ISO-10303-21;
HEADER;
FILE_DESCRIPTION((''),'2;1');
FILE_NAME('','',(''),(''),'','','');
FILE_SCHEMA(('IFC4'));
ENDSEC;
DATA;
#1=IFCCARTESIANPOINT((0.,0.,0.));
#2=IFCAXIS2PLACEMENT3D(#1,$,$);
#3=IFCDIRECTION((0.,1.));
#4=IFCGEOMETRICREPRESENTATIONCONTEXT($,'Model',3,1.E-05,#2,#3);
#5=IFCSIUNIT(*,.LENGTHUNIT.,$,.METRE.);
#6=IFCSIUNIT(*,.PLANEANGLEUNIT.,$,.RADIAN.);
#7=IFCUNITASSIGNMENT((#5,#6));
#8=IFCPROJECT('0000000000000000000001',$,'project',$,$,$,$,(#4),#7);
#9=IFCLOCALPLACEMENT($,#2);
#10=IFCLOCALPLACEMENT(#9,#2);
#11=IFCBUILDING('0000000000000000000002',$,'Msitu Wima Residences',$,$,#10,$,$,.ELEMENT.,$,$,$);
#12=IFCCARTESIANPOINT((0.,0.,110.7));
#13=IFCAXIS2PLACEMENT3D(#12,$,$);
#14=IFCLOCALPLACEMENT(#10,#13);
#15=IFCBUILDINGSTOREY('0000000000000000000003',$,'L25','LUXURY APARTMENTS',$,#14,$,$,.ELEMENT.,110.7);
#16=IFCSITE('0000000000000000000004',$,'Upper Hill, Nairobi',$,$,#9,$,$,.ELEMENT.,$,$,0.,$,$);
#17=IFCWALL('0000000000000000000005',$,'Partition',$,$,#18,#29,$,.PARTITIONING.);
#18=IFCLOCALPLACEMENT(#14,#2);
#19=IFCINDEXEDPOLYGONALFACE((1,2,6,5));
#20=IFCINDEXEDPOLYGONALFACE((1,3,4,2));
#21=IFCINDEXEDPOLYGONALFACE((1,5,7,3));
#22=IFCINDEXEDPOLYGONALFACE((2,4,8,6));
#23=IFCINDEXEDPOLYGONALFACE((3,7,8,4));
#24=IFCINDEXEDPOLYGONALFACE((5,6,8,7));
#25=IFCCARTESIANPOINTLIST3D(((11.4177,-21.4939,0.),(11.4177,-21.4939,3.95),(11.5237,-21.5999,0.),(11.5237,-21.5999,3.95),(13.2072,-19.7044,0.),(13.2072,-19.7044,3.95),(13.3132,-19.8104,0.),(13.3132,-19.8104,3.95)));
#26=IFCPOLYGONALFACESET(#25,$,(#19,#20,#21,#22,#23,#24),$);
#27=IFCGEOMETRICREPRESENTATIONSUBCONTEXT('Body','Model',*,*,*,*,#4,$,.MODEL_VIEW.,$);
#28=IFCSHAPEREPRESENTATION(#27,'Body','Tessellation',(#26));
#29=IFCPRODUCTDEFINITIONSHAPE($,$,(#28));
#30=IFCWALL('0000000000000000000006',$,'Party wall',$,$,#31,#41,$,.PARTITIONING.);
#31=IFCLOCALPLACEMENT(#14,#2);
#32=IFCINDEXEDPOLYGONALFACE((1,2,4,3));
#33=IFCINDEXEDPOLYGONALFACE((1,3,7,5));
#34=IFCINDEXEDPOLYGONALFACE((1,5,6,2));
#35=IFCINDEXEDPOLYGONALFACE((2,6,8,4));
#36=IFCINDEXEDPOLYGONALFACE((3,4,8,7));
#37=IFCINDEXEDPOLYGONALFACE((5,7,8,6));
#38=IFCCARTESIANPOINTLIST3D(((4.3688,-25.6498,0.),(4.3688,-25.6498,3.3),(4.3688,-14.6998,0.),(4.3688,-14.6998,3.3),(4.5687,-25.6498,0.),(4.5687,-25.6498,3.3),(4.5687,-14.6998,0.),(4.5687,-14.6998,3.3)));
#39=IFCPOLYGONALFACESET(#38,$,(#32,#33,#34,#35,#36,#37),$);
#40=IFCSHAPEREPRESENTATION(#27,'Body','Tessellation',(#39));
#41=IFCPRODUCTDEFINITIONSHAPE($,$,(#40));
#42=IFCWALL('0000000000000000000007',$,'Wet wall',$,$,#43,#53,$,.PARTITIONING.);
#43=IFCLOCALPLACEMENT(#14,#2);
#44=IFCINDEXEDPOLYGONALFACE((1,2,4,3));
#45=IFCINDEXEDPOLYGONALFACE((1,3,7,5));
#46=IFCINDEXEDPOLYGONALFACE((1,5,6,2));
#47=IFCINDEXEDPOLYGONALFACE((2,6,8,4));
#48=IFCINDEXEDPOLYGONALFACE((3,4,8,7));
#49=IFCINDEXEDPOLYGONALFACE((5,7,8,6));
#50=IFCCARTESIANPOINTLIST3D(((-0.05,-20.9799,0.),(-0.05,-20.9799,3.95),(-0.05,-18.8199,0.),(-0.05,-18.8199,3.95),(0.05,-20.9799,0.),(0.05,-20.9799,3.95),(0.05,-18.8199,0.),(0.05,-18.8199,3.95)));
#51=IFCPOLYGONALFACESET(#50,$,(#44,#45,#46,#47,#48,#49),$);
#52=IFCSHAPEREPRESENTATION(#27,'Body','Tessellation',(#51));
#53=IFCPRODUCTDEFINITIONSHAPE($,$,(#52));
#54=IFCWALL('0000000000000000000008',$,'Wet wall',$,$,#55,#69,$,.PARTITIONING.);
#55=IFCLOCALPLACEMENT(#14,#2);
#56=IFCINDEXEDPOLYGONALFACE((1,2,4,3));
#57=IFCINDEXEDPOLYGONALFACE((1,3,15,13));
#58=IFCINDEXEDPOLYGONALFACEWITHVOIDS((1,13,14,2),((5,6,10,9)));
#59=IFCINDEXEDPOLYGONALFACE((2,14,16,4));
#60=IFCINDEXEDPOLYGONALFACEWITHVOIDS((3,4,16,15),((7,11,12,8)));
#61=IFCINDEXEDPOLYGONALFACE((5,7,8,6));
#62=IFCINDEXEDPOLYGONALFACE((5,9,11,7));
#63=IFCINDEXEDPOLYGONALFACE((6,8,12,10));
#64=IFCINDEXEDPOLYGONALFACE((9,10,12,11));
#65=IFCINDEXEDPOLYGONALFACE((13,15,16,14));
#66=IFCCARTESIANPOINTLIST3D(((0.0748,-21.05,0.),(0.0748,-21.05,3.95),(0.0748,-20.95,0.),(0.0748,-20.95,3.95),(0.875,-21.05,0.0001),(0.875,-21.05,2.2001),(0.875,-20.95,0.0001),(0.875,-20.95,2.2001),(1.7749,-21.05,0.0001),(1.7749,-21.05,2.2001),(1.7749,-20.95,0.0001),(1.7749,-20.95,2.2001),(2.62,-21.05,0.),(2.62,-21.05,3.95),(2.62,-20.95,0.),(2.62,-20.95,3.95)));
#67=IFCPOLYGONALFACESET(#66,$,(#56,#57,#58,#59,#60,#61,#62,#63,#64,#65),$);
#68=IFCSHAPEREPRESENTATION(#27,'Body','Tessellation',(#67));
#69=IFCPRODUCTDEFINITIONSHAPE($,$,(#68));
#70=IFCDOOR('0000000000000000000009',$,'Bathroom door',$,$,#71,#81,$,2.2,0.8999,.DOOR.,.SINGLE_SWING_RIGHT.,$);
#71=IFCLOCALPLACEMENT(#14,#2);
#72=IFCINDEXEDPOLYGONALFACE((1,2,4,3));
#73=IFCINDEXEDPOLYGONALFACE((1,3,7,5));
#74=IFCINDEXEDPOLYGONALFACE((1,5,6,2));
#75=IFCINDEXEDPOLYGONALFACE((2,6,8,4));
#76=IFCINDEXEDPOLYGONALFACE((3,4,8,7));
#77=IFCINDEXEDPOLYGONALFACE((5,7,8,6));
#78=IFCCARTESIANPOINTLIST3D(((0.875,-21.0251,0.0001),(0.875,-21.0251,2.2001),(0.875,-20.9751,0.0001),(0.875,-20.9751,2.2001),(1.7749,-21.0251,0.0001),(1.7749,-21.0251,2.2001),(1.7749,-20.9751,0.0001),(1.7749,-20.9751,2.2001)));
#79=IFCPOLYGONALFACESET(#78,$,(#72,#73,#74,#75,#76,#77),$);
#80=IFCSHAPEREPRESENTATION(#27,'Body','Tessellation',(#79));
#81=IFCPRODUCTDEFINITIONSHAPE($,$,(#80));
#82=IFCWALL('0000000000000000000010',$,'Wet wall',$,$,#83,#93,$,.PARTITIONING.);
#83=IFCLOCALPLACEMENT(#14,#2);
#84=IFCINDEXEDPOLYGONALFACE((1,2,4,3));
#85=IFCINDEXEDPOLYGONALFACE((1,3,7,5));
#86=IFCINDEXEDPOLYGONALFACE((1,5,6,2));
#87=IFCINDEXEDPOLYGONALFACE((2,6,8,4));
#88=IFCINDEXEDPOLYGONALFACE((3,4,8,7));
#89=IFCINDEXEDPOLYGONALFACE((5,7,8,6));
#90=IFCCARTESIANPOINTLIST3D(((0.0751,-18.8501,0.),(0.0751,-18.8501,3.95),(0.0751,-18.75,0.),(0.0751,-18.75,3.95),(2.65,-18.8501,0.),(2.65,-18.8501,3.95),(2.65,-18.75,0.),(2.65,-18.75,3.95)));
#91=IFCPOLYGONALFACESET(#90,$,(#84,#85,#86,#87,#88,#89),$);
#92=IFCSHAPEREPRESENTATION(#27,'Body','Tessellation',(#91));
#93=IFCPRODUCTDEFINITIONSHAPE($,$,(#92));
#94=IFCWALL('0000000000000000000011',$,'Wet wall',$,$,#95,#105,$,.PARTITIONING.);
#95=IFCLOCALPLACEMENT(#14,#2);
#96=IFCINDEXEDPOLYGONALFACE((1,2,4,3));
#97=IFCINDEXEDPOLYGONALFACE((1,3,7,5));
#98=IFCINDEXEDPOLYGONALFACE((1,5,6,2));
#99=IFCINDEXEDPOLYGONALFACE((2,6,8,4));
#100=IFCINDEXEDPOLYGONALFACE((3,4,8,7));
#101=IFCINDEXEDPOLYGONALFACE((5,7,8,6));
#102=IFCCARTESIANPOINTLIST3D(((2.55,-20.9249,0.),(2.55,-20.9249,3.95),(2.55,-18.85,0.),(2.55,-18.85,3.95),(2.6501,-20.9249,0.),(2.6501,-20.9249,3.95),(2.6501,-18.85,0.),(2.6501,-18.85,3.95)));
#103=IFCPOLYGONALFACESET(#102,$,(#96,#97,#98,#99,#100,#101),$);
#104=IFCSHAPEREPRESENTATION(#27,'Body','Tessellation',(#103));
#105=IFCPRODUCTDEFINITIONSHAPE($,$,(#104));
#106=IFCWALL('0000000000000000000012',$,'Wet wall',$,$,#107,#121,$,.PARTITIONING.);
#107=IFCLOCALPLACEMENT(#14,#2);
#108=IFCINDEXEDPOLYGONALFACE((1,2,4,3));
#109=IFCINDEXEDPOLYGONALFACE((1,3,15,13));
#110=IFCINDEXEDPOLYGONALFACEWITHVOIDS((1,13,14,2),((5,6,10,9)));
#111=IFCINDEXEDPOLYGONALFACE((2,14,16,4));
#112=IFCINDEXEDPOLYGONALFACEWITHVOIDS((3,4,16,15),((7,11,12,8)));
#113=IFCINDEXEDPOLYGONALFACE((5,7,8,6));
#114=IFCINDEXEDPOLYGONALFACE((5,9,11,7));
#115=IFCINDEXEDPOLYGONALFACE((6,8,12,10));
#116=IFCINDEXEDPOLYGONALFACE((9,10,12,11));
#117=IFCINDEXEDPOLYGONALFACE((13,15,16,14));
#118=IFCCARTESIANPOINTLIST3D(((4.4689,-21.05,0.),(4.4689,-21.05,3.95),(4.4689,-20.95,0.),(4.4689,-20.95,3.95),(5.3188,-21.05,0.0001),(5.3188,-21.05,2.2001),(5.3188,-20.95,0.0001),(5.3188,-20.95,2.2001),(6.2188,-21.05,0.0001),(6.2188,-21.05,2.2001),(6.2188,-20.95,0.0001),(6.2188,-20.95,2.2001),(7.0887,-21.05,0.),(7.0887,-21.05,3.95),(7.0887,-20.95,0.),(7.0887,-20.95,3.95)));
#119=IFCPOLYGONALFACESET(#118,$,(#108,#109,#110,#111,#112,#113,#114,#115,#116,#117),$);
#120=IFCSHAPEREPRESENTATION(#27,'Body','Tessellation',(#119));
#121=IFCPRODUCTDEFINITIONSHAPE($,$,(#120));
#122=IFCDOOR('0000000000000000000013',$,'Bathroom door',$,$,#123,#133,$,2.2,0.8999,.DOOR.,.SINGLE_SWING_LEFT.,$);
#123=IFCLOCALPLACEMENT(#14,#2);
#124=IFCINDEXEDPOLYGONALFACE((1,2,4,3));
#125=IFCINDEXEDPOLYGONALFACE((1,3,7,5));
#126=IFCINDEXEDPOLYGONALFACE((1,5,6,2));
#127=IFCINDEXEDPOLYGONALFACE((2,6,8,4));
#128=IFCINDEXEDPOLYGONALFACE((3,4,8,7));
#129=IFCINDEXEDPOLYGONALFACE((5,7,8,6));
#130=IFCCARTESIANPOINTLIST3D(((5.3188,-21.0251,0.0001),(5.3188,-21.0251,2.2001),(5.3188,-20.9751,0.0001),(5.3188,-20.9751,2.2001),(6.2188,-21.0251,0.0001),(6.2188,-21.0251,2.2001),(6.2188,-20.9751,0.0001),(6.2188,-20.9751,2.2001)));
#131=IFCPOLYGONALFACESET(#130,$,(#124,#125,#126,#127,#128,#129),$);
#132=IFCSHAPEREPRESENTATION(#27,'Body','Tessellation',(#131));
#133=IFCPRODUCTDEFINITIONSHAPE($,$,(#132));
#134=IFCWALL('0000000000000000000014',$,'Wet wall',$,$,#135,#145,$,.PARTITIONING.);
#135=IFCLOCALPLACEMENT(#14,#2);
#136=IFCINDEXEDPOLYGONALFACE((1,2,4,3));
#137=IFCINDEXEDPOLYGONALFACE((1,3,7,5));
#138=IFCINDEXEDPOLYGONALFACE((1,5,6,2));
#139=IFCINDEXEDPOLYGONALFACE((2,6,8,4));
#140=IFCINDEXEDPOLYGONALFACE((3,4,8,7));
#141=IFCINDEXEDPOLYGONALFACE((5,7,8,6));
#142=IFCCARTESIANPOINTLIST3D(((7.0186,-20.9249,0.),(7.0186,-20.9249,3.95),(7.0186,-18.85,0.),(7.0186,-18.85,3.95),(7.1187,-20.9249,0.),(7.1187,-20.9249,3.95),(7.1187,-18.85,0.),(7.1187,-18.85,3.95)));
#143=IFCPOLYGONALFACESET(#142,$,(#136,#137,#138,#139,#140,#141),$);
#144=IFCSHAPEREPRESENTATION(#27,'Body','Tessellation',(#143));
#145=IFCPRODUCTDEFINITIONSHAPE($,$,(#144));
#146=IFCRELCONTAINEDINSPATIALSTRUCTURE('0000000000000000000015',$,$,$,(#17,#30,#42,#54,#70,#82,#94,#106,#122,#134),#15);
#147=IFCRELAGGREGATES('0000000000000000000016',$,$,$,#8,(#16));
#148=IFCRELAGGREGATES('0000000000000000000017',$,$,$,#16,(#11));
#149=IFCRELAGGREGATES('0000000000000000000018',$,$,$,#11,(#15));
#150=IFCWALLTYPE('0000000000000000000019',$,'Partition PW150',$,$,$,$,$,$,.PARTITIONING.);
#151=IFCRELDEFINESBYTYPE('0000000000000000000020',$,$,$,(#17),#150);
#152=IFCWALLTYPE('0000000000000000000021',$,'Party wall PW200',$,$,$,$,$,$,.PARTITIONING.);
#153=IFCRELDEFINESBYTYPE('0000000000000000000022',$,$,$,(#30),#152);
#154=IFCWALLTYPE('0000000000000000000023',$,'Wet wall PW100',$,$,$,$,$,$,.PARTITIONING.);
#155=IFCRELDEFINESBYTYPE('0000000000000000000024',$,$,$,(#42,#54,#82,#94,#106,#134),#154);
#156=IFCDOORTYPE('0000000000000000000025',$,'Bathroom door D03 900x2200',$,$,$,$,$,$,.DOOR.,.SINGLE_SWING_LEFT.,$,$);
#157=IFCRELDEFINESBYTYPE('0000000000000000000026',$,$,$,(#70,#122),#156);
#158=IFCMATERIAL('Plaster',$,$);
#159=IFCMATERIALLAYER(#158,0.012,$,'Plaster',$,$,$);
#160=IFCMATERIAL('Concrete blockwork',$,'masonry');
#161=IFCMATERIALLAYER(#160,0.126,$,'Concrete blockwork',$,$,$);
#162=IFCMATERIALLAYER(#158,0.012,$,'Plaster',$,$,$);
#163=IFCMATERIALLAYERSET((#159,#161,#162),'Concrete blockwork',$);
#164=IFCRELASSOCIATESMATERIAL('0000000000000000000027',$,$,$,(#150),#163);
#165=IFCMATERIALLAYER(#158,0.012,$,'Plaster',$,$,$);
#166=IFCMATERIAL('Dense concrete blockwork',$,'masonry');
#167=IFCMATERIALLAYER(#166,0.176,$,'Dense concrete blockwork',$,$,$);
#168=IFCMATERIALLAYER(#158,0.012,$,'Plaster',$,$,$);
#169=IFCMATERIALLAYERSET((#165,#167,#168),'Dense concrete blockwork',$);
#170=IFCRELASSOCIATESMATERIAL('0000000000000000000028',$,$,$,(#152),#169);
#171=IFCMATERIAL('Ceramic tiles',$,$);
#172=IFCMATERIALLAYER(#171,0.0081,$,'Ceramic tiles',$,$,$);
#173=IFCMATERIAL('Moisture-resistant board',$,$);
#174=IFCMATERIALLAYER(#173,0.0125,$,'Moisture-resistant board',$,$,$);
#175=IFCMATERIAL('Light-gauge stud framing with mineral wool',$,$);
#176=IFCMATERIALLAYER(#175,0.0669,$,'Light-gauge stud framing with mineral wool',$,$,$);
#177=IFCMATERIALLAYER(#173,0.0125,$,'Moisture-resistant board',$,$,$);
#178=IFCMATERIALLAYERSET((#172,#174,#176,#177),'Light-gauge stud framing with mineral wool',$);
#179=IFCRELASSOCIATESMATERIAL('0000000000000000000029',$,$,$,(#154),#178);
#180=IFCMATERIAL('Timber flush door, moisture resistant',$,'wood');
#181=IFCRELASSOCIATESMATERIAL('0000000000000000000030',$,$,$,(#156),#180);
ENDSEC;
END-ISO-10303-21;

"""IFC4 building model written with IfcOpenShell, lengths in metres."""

from ifc_helpers import new_model, si_unit, direction, frame, frame_2d, origin, place, context, subcontext, project, spatial, rectangle, extrude, material, layer, layer_set, type_object, element, fill, save


model = new_model("IFC4")

# Units and contexts
model_context = context("Model", 3, precision=1e-05, world=origin(), true_north=direction((0.0, 1.0)))
body_context = subcontext(model_context, "Body", "Model", "MODEL_VIEW")
ifc_project = project(units=[si_unit("LENGTHUNIT", "METRE"), si_unit("PLANEANGLEUNIT", "RADIAN")], contexts=[model_context])

# Site, building, storey
site_placement = place(None, origin())
site = spatial("IfcSite", under=ifc_project, at=site_placement, Name="Upper Hill, Nairobi", CompositionType="ELEMENT", RefElevation=0.0)
building_placement = place(site_placement, origin())
building = spatial("IfcBuilding", under=site, at=building_placement, Name="Msitu Wima Residences", CompositionType="ELEMENT")
storey_placement = place(building_placement, frame((0.0, 0.0, 110.7)))
storey = spatial("IfcBuildingStorey", under=building, at=storey_placement, Name="L25", Description="LUXURY APARTMENTS", CompositionType="ELEMENT", Elevation=110.7)

# Shared definitions
ifc_material_1 = material(Name="Plaster")
ifc_layer_1 = layer(ifc_material_1, 0.012, Name="Plaster")
ifc_material_2 = material(Name="Concrete blockwork", Category="masonry")
ifc_layer_2 = layer(ifc_material_2, 0.126, Name="Concrete blockwork")
ifc_layer_3 = layer(ifc_material_1, 0.012, Name="Plaster")
ifc_layer_set_1 = layer_set([ifc_layer_1, ifc_layer_2, ifc_layer_3], Name="Concrete blockwork")
wall_type_1 = type_object("IfcWallType", Name="Partition PW150", PredefinedType="PARTITIONING", material=ifc_layer_set_1)

# Walls
wall_1_placement = place(storey_placement, frame((11.4707, -21.5469, 0.0), z_axis=(0.0, 0.0, 1.0), x_axis=(0.707107, 0.707107, 0.0)))
element("IfcWall", 1, at=wall_1_placement, inside=storey, type_object=wall_type_1, Name="Partition", PredefinedType="PARTITIONING", context=body_context, shape_type="SweptSolid", body=[
    extrude(rectangle(XDim=2.5308, YDim=0.1499, at=frame_2d((1.2654, 0.0))), origin(), (0.0, 0.0, 1.0), 3.95),
])
ifc_layer_4 = layer(ifc_material_1, 0.012, Name="Plaster")
ifc_material_3 = material(Name="Dense concrete blockwork", Category="masonry")
ifc_layer_5 = layer(ifc_material_3, 0.176, Name="Dense concrete blockwork")
ifc_layer_6 = layer(ifc_material_1, 0.012, Name="Plaster")
ifc_layer_set_2 = layer_set([ifc_layer_4, ifc_layer_5, ifc_layer_6], Name="Dense concrete blockwork")
wall_type_2 = type_object("IfcWallType", Name="Party wall PW200", PredefinedType="PARTITIONING", material=ifc_layer_set_2)
wall_2_placement = place(storey_placement, frame((4.4688, -25.6499, 0.0), z_axis=(0.0, 0.0, 1.0), x_axis=(0.0, 1.0, 0.0)))
element("IfcWall", 2, at=wall_2_placement, inside=storey, type_object=wall_type_2, Name="Party wall", PredefinedType="PARTITIONING", context=body_context, shape_type="SweptSolid", body=[
    extrude(rectangle(XDim=10.95, YDim=0.2, at=frame_2d((5.4751, 0.0))), origin(), (0.0, 0.0, 1.0), 3.3),
])
ifc_material_4 = material(Name="Ceramic tiles")
ifc_layer_7 = layer(ifc_material_4, 0.0081, Name="Ceramic tiles")
ifc_material_5 = material(Name="Moisture-resistant board")
ifc_layer_8 = layer(ifc_material_5, 0.0125, Name="Moisture-resistant board")
ifc_material_6 = material(Name="Light-gauge stud framing with mineral wool")
ifc_layer_9 = layer(ifc_material_6, 0.0669, Name="Light-gauge stud framing with mineral wool")
ifc_layer_10 = layer(ifc_material_5, 0.0125, Name="Moisture-resistant board")
ifc_layer_set_3 = layer_set([ifc_layer_7, ifc_layer_8, ifc_layer_9, ifc_layer_10], Name="Light-gauge stud framing with mineral wool")
wall_type_3 = type_object("IfcWallType", Name="Wet wall PW100", PredefinedType="PARTITIONING", material=ifc_layer_set_3)
wall_3_placement = place(storey_placement, frame((0.0, -20.98, 0.0), z_axis=(0.0, 0.0, 1.0), x_axis=(0.0, 1.0, 0.0)))
element("IfcWall", 3, at=wall_3_placement, inside=storey, type_object=wall_type_3, Name="Wet wall", PredefinedType="PARTITIONING", context=body_context, shape_type="SweptSolid", body=[
    extrude(rectangle(XDim=2.1599, YDim=0.1001, at=frame_2d((1.0801, 0.0))), origin(), (0.0, 0.0, 1.0), 3.95),
])

# Wall, opening, door
wall_4_placement = place(storey_placement, frame((0.075, -21.0, 0.0), z_axis=(0.0, 0.0, 1.0), x_axis=(1.0, 0.0, 0.0)))
wall_4 = element("IfcWall", 4, at=wall_4_placement, inside=storey, type_object=wall_type_3, Name="Wet wall", PredefinedType="PARTITIONING", context=body_context, shape_type="SweptSolid", body=[
    extrude(rectangle(XDim=2.5452, YDim=0.1001, at=frame_2d((1.2725, 0.0))), origin(), (0.0, 0.0, 1.0), 3.95),
])
opening_1_placement = place(wall_4_placement, frame((0.8, 0.0, 0.0)))
opening_1 = element("IfcOpeningElement", 5, at=opening_1_placement, cuts=wall_4, PredefinedType="OPENING", context=body_context, shape_type="SweptSolid", body=[
    extrude(rectangle(XDim=0.8999, YDim=2.2, at=frame_2d((0.45, 1.1001))), frame((0.0, 0.0601, 0.0), z_axis=(0.0, -1.0, 0.0), x_axis=(1.0, 0.0, 0.0)), (0.0, 0.0, 1.0), 0.1201),
])
ifc_material_7 = material(Name="Timber flush door, moisture resistant", Category="wood")
door_type_1 = type_object("IfcDoorType", Name="Bathroom door D03 900x2200", OperationType="SINGLE_SWING_LEFT", PredefinedType="DOOR", material=ifc_material_7)
door_1_placement = place(opening_1_placement, origin())
door_1 = element("IfcDoor", 6, at=door_1_placement, inside=storey, type_object=door_type_1, Name="Bathroom door", OperationType="SINGLE_SWING_RIGHT", OverallHeight=2.2, OverallWidth=0.8999, PredefinedType="DOOR", context=body_context, shape_type="SweptSolid", body=[
    extrude(rectangle(XDim=0.8999, YDim=2.2, at=frame_2d((0.45, 1.1001))), frame((0.0, 0.0249, 0.0), z_axis=(0.0, -1.0, 0.0), x_axis=(1.0, 0.0, 0.0)), (0.0, 0.0, 1.0), 0.05),
])
fill(opening_1, door_1)

# Walls
wall_5_placement = place(storey_placement, frame((0.075, -18.8, 0.0), z_axis=(0.0, 0.0, 1.0), x_axis=(1.0, 0.0, 0.0)))
element("IfcWall", 7, at=wall_5_placement, inside=storey, type_object=wall_type_3, Name="Wet wall", PredefinedType="PARTITIONING", context=body_context, shape_type="SweptSolid", body=[
    extrude(rectangle(XDim=2.575, YDim=0.1001, at=frame_2d((1.2876, 0.0))), origin(), (0.0, 0.0, 1.0), 3.95),
])
wall_6_placement = place(storey_placement, frame((2.6001, -20.925, 0.0), z_axis=(0.0, 0.0, 1.0), x_axis=(0.0, 1.0, 0.0)))
element("IfcWall", 8, at=wall_6_placement, inside=storey, type_object=wall_type_3, Name="Wet wall", PredefinedType="PARTITIONING", context=body_context, shape_type="SweptSolid", body=[
    extrude(rectangle(XDim=2.075, YDim=0.1001, at=frame_2d((1.0376, 0.0))), origin(), (0.0, 0.0, 1.0), 3.95),
])

# Wall, opening, door
wall_7_placement = place(storey_placement, frame((4.4688, -21.0, 0.0), z_axis=(0.0, 0.0, 1.0), x_axis=(1.0, 0.0, 0.0)))
wall_7 = element("IfcWall", 9, at=wall_7_placement, inside=storey, type_object=wall_type_3, Name="Wet wall", PredefinedType="PARTITIONING", context=body_context, shape_type="SweptSolid", body=[
    extrude(rectangle(XDim=2.6199, YDim=0.1001, at=frame_2d((1.3101, 0.0))), origin(), (0.0, 0.0, 1.0), 3.95),
])
opening_2_placement = place(wall_7_placement, frame((0.8501, 0.0, 0.0)))
opening_2 = element("IfcOpeningElement", 10, at=opening_2_placement, cuts=wall_7, PredefinedType="OPENING", context=body_context, shape_type="SweptSolid", body=[
    extrude(rectangle(XDim=0.8999, YDim=2.2, at=frame_2d((0.45, 1.1001))), frame((0.0, 0.0601, 0.0), z_axis=(0.0, -1.0, 0.0), x_axis=(1.0, 0.0, 0.0)), (0.0, 0.0, 1.0), 0.1201),
])
door_2_placement = place(opening_2_placement, origin())
door_2 = element("IfcDoor", 11, at=door_2_placement, inside=storey, type_object=door_type_1, Name="Bathroom door", OperationType="SINGLE_SWING_LEFT", OverallHeight=2.2, OverallWidth=0.8999, PredefinedType="DOOR", context=body_context, shape_type="SweptSolid", body=[
    extrude(rectangle(XDim=0.8999, YDim=2.2, at=frame_2d((0.45, 1.1001))), frame((0.0, 0.0249, 0.0), z_axis=(0.0, -1.0, 0.0), x_axis=(1.0, 0.0, 0.0)), (0.0, 0.0, 1.0), 0.05),
])
fill(opening_2, door_2)

# Wall
wall_8_placement = place(storey_placement, frame((7.0686, -20.925, 0.0), z_axis=(0.0, 0.0, 1.0), x_axis=(0.0, 1.0, 0.0)))
element("IfcWall", 12, at=wall_8_placement, inside=storey, type_object=wall_type_3, Name="Wet wall", PredefinedType="PARTITIONING", context=body_context, shape_type="SweptSolid", body=[
    extrude(rectangle(XDim=2.075, YDim=0.1001, at=frame_2d((1.0376, 0.0))), origin(), (0.0, 0.0, 1.0), 3.95),
])

save(model, "model.ifc")
